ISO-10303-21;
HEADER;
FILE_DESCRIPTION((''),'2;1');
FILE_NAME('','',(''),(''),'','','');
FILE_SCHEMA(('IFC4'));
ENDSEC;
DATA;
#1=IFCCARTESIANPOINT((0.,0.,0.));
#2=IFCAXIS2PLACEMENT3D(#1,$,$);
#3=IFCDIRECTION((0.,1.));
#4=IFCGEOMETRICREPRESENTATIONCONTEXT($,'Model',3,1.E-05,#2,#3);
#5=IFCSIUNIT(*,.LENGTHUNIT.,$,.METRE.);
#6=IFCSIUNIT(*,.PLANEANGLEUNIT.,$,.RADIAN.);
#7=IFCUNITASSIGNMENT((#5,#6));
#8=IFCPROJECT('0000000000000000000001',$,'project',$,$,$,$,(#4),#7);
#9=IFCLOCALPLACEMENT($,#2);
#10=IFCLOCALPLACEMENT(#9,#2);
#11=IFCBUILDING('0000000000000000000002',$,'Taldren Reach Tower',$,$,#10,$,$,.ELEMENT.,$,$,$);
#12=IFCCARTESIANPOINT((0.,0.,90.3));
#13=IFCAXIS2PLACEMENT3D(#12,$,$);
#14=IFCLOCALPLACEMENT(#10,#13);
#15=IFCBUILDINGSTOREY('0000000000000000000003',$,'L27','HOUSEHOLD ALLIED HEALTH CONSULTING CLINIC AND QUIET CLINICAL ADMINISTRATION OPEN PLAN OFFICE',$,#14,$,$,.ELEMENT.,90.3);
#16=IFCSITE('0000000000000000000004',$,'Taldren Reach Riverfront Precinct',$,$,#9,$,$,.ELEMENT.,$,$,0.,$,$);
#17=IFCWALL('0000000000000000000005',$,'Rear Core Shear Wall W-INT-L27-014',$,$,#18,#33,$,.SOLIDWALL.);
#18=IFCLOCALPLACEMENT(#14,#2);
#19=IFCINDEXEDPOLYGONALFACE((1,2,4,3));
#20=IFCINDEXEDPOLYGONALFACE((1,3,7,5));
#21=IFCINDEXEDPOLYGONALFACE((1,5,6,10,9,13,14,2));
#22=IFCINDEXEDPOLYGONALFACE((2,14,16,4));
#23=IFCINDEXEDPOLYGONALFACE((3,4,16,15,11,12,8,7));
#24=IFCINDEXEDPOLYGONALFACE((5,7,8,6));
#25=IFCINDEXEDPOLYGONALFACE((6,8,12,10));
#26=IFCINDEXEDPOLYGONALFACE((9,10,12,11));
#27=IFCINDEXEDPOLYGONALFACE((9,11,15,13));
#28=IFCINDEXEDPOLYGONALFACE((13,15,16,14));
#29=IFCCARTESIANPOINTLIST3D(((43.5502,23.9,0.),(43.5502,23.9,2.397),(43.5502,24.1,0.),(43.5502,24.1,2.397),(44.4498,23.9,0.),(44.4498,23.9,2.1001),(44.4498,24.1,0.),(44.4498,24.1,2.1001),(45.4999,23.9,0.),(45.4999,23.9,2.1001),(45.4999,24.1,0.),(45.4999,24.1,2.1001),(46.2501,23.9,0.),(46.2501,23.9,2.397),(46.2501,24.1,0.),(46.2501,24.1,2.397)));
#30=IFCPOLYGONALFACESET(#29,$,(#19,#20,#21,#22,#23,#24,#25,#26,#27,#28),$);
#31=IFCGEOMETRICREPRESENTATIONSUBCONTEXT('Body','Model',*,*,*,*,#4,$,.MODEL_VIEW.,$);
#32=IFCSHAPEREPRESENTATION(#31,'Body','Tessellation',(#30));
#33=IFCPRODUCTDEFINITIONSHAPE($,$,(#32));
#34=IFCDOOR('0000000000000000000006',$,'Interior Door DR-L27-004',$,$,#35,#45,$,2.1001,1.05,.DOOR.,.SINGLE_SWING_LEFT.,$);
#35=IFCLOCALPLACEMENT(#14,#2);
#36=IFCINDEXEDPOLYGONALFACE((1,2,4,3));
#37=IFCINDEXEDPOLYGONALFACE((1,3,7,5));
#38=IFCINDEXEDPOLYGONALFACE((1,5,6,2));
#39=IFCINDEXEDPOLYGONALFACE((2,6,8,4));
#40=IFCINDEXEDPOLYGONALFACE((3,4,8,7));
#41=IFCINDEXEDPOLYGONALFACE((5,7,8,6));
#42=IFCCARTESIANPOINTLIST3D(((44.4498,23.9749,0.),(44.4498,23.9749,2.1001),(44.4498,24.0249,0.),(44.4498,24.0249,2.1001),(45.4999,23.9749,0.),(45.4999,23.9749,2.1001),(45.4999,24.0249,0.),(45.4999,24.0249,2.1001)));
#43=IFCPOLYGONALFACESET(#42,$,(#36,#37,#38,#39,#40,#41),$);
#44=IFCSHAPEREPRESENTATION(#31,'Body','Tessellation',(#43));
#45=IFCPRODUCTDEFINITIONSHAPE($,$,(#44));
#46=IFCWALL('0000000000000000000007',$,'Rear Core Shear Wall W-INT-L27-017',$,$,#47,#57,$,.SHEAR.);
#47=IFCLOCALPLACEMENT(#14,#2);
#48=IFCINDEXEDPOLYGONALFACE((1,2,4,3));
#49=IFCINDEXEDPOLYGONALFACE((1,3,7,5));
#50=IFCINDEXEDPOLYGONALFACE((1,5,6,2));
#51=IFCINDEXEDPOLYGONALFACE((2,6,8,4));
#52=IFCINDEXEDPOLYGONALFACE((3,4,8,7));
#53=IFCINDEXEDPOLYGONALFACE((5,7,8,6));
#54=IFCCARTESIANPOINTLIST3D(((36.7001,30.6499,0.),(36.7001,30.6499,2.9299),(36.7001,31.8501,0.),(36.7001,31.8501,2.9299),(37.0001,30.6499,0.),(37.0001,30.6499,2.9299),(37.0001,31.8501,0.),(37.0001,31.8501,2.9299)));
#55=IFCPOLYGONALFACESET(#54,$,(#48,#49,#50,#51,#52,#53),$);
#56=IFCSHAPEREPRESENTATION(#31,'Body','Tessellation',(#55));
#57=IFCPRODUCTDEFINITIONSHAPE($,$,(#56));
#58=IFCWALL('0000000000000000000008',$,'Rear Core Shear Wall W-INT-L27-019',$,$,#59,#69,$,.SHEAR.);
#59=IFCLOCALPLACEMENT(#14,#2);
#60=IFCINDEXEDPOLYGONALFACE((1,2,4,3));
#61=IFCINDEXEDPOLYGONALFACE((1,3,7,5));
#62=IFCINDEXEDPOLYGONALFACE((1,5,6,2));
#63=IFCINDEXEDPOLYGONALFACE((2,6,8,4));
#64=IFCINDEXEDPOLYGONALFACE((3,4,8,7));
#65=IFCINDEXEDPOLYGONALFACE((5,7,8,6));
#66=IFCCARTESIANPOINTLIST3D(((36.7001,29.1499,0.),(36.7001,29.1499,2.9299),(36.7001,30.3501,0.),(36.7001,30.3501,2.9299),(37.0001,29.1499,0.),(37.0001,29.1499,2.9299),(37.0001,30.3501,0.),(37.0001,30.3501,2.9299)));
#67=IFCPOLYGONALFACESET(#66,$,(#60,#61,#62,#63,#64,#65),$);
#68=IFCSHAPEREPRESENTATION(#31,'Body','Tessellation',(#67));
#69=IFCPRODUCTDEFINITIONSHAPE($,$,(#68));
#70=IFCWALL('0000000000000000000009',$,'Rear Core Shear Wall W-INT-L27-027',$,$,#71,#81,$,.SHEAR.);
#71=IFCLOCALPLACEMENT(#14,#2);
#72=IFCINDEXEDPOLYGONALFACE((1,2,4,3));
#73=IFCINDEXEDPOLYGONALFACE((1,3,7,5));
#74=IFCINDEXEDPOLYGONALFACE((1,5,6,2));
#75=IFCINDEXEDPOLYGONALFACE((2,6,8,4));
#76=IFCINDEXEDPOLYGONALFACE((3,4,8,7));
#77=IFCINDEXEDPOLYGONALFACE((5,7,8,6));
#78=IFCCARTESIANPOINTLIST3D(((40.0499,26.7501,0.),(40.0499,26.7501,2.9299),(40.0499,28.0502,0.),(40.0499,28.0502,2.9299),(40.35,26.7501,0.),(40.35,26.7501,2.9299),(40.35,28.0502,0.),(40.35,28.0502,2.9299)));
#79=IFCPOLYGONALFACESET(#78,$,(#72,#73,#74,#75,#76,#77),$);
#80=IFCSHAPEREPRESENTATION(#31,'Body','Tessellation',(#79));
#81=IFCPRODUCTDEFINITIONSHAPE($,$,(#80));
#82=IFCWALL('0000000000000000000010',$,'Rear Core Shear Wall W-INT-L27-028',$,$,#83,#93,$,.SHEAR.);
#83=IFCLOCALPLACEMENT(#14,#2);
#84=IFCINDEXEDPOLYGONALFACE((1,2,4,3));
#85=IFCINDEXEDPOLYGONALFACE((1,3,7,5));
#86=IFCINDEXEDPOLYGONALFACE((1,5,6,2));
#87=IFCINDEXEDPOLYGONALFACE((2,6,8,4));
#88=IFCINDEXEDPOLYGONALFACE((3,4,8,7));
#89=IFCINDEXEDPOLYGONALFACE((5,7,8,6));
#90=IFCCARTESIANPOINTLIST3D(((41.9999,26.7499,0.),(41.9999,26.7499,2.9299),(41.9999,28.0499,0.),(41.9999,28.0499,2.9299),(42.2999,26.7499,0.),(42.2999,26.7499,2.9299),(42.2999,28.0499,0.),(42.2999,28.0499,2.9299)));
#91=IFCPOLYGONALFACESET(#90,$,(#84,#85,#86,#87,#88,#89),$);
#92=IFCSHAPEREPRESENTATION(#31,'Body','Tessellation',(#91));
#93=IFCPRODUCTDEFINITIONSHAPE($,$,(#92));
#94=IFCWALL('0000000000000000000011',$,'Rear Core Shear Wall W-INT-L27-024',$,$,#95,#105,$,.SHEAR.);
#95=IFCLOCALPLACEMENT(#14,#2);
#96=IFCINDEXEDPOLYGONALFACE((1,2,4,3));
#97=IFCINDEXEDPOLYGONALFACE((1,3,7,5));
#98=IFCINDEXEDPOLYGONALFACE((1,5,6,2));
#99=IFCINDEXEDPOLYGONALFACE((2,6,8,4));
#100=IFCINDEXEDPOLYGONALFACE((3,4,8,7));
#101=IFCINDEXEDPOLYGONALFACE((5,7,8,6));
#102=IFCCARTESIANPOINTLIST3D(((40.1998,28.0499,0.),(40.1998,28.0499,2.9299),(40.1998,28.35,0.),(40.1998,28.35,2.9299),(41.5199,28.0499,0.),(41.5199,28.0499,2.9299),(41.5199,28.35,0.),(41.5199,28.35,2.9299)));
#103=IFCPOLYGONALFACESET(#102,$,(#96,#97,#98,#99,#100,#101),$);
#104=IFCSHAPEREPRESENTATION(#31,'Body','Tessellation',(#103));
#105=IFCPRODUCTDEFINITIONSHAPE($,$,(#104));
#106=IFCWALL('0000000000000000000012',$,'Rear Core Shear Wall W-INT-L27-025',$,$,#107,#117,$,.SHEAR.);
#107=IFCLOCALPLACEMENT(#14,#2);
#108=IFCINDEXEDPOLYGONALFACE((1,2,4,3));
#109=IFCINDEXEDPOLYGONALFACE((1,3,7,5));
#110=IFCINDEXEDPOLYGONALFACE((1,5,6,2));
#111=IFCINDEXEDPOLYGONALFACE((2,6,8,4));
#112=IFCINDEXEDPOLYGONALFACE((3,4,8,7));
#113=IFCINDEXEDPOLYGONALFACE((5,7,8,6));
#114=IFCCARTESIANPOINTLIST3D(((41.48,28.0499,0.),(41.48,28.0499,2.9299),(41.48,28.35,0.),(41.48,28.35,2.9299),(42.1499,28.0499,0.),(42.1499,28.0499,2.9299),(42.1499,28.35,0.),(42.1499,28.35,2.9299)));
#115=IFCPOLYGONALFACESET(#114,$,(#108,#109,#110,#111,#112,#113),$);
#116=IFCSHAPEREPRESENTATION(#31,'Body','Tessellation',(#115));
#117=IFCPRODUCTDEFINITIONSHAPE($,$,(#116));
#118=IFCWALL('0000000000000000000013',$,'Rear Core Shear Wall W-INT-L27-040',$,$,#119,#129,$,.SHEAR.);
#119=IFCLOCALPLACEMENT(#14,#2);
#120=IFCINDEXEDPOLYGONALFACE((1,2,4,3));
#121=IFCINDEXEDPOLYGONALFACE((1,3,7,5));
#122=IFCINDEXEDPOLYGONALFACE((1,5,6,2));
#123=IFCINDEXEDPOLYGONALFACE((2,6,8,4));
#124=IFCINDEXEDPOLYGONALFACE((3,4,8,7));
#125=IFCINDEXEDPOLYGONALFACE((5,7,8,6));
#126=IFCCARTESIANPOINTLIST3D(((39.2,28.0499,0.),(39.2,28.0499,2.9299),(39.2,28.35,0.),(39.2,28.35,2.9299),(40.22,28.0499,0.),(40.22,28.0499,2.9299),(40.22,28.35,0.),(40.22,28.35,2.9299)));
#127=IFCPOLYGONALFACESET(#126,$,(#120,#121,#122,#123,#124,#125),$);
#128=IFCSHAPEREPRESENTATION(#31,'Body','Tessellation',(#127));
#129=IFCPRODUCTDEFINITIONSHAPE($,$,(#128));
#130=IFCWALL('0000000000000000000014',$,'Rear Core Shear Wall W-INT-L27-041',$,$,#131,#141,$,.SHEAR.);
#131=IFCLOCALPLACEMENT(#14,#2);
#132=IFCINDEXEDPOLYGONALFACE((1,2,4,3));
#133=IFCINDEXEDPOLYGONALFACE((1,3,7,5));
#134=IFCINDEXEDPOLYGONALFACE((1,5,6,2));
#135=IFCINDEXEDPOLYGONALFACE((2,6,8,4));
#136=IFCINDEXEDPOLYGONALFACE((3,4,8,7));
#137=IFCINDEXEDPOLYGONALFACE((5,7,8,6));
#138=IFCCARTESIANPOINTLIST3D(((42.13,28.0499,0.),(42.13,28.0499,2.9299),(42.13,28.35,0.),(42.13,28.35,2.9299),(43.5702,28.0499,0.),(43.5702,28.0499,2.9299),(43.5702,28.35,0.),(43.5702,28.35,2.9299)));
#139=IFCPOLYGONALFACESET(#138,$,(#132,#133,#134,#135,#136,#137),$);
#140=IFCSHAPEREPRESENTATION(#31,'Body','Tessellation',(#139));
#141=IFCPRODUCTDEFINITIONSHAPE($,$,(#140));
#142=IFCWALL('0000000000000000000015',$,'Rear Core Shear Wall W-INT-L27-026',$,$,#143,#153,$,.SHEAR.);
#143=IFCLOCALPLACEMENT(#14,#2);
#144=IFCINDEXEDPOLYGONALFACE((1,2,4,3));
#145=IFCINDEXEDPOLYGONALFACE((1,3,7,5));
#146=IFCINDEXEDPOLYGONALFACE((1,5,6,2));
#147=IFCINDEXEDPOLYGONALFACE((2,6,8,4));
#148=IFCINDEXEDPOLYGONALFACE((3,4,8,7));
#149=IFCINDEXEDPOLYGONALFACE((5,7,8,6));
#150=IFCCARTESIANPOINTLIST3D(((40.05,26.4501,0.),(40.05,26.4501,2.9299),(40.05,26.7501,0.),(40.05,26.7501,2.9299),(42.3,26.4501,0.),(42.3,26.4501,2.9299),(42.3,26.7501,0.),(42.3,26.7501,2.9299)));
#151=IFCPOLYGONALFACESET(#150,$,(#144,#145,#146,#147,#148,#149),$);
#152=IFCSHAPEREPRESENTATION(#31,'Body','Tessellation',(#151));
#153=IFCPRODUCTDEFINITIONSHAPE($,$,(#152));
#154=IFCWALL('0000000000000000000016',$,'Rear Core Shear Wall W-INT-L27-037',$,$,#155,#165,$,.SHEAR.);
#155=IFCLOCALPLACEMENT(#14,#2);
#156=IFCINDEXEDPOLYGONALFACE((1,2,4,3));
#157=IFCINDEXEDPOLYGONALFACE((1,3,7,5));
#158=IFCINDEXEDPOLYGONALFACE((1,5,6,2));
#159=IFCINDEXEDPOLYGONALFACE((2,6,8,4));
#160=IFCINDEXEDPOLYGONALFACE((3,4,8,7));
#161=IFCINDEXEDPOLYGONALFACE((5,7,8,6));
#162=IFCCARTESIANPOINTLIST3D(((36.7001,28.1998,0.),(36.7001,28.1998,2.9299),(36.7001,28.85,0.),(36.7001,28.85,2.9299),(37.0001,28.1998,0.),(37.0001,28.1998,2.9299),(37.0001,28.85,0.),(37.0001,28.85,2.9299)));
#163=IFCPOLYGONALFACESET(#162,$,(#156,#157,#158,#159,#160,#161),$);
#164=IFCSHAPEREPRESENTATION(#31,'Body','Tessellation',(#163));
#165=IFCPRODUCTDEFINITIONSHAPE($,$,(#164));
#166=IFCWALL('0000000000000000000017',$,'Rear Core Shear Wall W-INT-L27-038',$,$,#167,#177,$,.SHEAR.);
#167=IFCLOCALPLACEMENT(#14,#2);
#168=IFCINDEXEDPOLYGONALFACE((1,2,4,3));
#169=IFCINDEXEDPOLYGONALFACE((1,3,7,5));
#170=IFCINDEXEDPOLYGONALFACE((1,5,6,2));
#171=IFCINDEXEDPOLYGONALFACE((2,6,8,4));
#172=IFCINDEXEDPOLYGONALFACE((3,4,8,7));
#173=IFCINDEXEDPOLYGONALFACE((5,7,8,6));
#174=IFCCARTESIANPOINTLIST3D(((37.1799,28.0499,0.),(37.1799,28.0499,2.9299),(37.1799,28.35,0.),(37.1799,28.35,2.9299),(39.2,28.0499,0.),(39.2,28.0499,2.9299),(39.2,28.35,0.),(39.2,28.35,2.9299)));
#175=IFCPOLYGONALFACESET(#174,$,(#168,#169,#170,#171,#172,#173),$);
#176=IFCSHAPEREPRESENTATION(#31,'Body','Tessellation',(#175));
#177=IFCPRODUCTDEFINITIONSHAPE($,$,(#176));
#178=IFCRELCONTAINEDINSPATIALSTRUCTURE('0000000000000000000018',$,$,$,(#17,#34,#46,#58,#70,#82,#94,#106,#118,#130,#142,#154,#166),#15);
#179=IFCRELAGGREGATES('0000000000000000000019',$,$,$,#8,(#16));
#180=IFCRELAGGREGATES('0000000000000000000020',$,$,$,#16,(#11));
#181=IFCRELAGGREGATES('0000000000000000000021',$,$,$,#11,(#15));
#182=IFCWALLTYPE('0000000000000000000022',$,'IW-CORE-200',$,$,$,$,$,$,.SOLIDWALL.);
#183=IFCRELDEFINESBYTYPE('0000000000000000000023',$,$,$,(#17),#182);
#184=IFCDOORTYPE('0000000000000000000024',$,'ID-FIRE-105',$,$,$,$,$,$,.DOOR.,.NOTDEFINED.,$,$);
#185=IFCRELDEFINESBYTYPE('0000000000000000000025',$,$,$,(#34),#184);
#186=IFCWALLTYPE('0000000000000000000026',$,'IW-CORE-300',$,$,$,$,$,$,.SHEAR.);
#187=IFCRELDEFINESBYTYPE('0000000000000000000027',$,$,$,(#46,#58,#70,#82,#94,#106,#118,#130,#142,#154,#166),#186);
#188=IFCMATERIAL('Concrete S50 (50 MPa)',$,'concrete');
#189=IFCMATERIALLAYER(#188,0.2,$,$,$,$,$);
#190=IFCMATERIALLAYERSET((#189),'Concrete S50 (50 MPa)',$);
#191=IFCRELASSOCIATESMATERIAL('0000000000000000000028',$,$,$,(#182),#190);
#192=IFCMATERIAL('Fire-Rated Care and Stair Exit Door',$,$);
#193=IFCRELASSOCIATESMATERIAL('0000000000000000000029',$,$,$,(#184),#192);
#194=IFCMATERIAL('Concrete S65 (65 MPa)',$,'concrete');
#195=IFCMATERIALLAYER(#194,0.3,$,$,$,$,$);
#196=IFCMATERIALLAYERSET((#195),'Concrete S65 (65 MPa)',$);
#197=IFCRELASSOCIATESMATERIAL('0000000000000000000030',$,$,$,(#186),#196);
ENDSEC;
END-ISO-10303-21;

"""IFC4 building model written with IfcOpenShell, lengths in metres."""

from ifc_helpers import new_model, si_unit, direction, frame, frame_2d, origin, place, context, subcontext, project, spatial, rectangle, extrude, source, transform, mapped, material, layer, layer_set, type_object, element, fill, save


model = new_model("IFC4")

# Units and contexts
model_context = context("Model", 3, precision=1e-05, world=origin(), true_north=direction((0.0, 1.0)))
body_context = subcontext(model_context, "Body", "Model", "MODEL_VIEW")
ifc_project = project(units=[si_unit("LENGTHUNIT", "METRE"), si_unit("PLANEANGLEUNIT", "RADIAN")], contexts=[model_context])

# Site, building, storey
site_placement = place(None, origin())
site = spatial("IfcSite", under=ifc_project, at=site_placement, Name="Taldren Reach Riverfront Precinct", CompositionType="ELEMENT", RefElevation=0.0)
building_placement = place(site_placement, origin())
building = spatial("IfcBuilding", under=site, at=building_placement, Name="Taldren Reach Tower", CompositionType="ELEMENT")
storey_placement = place(building_placement, frame((0.0, 0.0, 90.3)))
storey = spatial("IfcBuildingStorey", under=building, at=storey_placement, Name="L27", Description="HOUSEHOLD ALLIED HEALTH CONSULTING CLINIC AND QUIET CLINICAL ADMINISTRATION OPEN PLAN OFFICE", CompositionType="ELEMENT", Elevation=90.3)

# Shared definitions
ifc_material_1 = material(Name="Concrete S50 (50 MPa)", Category="concrete")
ifc_layer_1 = layer(ifc_material_1, 0.2)
ifc_layer_set_1 = layer_set([ifc_layer_1], Name="Concrete S50 (50 MPa)")
wall_type_1 = type_object("IfcWallType", Name="IW-CORE-200", PredefinedType="SOLIDWALL", material=ifc_layer_set_1)
shared_shape_1 = source(origin(), body_context, "Body", "SweptSolid", [
    extrude(rectangle(XDim=1.05, YDim=2.1001, at=frame_2d((0.5249, 1.05))), frame((0.0, 0.1099, 0.0), z_axis=(0.0, -1.0, 0.0), x_axis=(1.0, 0.0, 0.0)), (0.0, 0.0, 1.0), 0.22),
])
ifc_material_2 = material(Name="Fire-Rated Care and Stair Exit Door")
door_type_1 = type_object("IfcDoorType", Name="ID-FIRE-105", OperationType="NOTDEFINED", PredefinedType="DOOR", material=ifc_material_2)
shared_shape_2 = source(origin(), body_context, "Body", "SweptSolid", [
    extrude(rectangle(XDim=1.05, YDim=2.1001, at=frame_2d((0.5249, 1.05))), frame((0.0, 0.0249, 0.0), z_axis=(0.0, -1.0, 0.0), x_axis=(1.0, 0.0, 0.0)), (0.0, 0.0, 1.0), 0.05),
])

# Shared definitions
ifc_material_3 = material(Name="Concrete S65 (65 MPa)", Category="concrete")
ifc_layer_2 = layer(ifc_material_3, 0.3)
ifc_layer_set_2 = layer_set([ifc_layer_2], Name="Concrete S65 (65 MPa)")
wall_type_2 = type_object("IfcWallType", Name="IW-CORE-300", PredefinedType="SHEAR", material=ifc_layer_set_2)

# Wall, opening, door
shared_shape_3 = source(origin(), body_context, "Body", "SweptSolid", [
    extrude(rectangle(XDim=2.7, YDim=0.2, at=frame_2d((1.3501, 0.0))), origin(), (0.0, 0.0, 1.0), 2.397),
])
wall_1_placement = place(storey_placement, frame((43.55, 24.0, 0.0), z_axis=(0.0, 0.0, 1.0), x_axis=(1.0, 0.0, 0.0)))
wall_1 = element("IfcWall", 1, at=wall_1_placement, inside=storey, type_object=wall_type_1, Name="Rear Core Shear Wall W-INT-L27-014", PredefinedType="SOLIDWALL", context=body_context, shape_type="MappedRepresentation", body=[
    mapped(shared_shape_3, transform((0.0, 0.0, 0.0), scale=1.0)),
])
opening_1_placement = place(wall_1_placement, frame((0.8999, 0.0, 0.0)))
opening_1 = element("IfcOpeningElement", 2, at=opening_1_placement, cuts=wall_1, PredefinedType="OPENING", context=body_context, shape_type="MappedRepresentation", body=[
    mapped(shared_shape_1, transform((0.0, 0.0, 0.0), scale=1.0)),
])
door_1_placement = place(opening_1_placement, origin())
door_1 = element("IfcDoor", 3, at=door_1_placement, inside=storey, type_object=door_type_1, Name="Interior Door DR-L27-004", OperationType="SINGLE_SWING_LEFT", OverallHeight=2.1001, OverallWidth=1.05, PredefinedType="DOOR", context=body_context, shape_type="MappedRepresentation", body=[
    mapped(shared_shape_2, transform((0.0, 0.0, 0.0), scale=1.0)),
])
fill(opening_1, door_1)

# Walls
shared_shape_4 = source(origin(), body_context, "Body", "SweptSolid", [
    extrude(rectangle(XDim=1.2002, YDim=0.3, at=frame_2d((0.6001, 0.0))), origin(), (0.0, 0.0, 1.0), 2.9299),
])
for number, where, z_axis, x_axis, name in (
    (4, (36.8501, 30.6499, 0.0), (0.0, 0.0, 1.0), (0.0, 1.0, 0.0), "Rear Core Shear Wall W-INT-L27-017"),
    (5, (36.8501, 29.1499, 0.0), (0.0, 0.0, 1.0), (0.0, 1.0, 0.0), "Rear Core Shear Wall W-INT-L27-019"),
):
    element("IfcWall", number, at=place(storey_placement, frame(where, z_axis=z_axis, x_axis=x_axis)), inside=storey, type_object=wall_type_2, Name=name, PredefinedType="SHEAR", context=body_context, shape_type="MappedRepresentation", body=[
        mapped(shared_shape_4, transform((0.0, 0.0, 0.0), scale=1.0)),
    ])
shared_shape_5 = source(origin(), body_context, "Body", "SweptSolid", [
    extrude(rectangle(XDim=1.3, YDim=0.3, at=frame_2d((0.6499, 0.0))), origin(), (0.0, 0.0, 1.0), 2.9299),
])
for number, where, z_axis, x_axis, name in (
    (6, (40.2, 28.05, 0.0), (0.0, 0.0, 1.0), (0.0, -1.0, 0.0), "Rear Core Shear Wall W-INT-L27-027"),
    (7, (42.1499, 26.75, 0.0), (0.0, 0.0, 1.0), (0.0, 1.0, 0.0), "Rear Core Shear Wall W-INT-L27-028"),
):
    element("IfcWall", number, at=place(storey_placement, frame(where, z_axis=z_axis, x_axis=x_axis)), inside=storey, type_object=wall_type_2, Name=name, PredefinedType="SHEAR", context=body_context, shape_type="MappedRepresentation", body=[
        mapped(shared_shape_5, transform((0.0, 0.0, 0.0), scale=1.0)),
    ])
shared_shape_6 = source(origin(), body_context, "Body", "SweptSolid", [
    extrude(rectangle(XDim=1.3201, YDim=0.3, at=frame_2d((0.6602, 0.0))), origin(), (0.0, 0.0, 1.0), 2.9299),
])
wall_2_placement = place(storey_placement, frame((41.52, 28.2, 0.0), z_axis=(0.0, 0.0, 1.0), x_axis=(-1.0, 0.0, 0.0)))
element("IfcWall", 8, at=wall_2_placement, inside=storey, type_object=wall_type_2, Name="Rear Core Shear Wall W-INT-L27-024", PredefinedType="SHEAR", context=body_context, shape_type="MappedRepresentation", body=[
    mapped(shared_shape_6, transform((0.0, 0.0, 0.0), scale=1.0)),
])
shared_shape_7 = source(origin(), body_context, "Body", "SweptSolid", [
    extrude(rectangle(XDim=0.6699, YDim=0.3, at=frame_2d((0.335, 0.0))), origin(), (0.0, 0.0, 1.0), 2.9299),
])
wall_3_placement = place(storey_placement, frame((42.1499, 28.2, 0.0), z_axis=(0.0, 0.0, 1.0), x_axis=(-1.0, 0.0, 0.0)))
element("IfcWall", 9, at=wall_3_placement, inside=storey, type_object=wall_type_2, Name="Rear Core Shear Wall W-INT-L27-025", PredefinedType="SHEAR", context=body_context, shape_type="MappedRepresentation", body=[
    mapped(shared_shape_7, transform((0.0, 0.0, 0.0), scale=1.0)),
])
shared_shape_8 = source(origin(), body_context, "Body", "SweptSolid", [
    extrude(rectangle(XDim=1.02, YDim=0.3, at=frame_2d((0.51, 0.0))), origin(), (0.0, 0.0, 1.0), 2.9299),
])
wall_4_placement = place(storey_placement, frame((39.2, 28.2, 0.0), z_axis=(0.0, 0.0, 1.0), x_axis=(1.0, 0.0, 0.0)))
element("IfcWall", 10, at=wall_4_placement, inside=storey, type_object=wall_type_2, Name="Rear Core Shear Wall W-INT-L27-040", PredefinedType="SHEAR", context=body_context, shape_type="MappedRepresentation", body=[
    mapped(shared_shape_8, transform((0.0, 0.0, 0.0), scale=1.0)),
])
shared_shape_9 = source(origin(), body_context, "Body", "SweptSolid", [
    extrude(rectangle(XDim=1.4402, YDim=0.3, at=frame_2d((0.7202, 0.0))), origin(), (0.0, 0.0, 1.0), 2.9299),
])
wall_5_placement = place(storey_placement, frame((42.1299, 28.2, 0.0), z_axis=(0.0, 0.0, 1.0), x_axis=(1.0, 0.0, 0.0)))
element("IfcWall", 11, at=wall_5_placement, inside=storey, type_object=wall_type_2, Name="Rear Core Shear Wall W-INT-L27-041", PredefinedType="SHEAR", context=body_context, shape_type="MappedRepresentation", body=[
    mapped(shared_shape_9, transform((0.0, 0.0, 0.0), scale=1.0)),
])
shared_shape_10 = source(origin(), body_context, "Body", "SweptSolid", [
    extrude(rectangle(XDim=2.25, YDim=0.3, at=frame_2d((1.125, 0.0))), origin(), (0.0, 0.0, 1.0), 2.9299),
])
wall_6_placement = place(storey_placement, frame((40.05, 26.6001, 0.0), z_axis=(0.0, 0.0, 1.0), x_axis=(1.0, 0.0, 0.0)))
element("IfcWall", 12, at=wall_6_placement, inside=storey, type_object=wall_type_2, Name="Rear Core Shear Wall W-INT-L27-026", PredefinedType="SHEAR", context=body_context, shape_type="MappedRepresentation", body=[
    mapped(shared_shape_10, transform((0.0, 0.0, 0.0), scale=1.0)),
])
shared_shape_11 = source(origin(), body_context, "Body", "SweptSolid", [
    extrude(rectangle(XDim=0.6501, YDim=0.3, at=frame_2d((0.3252, 0.0))), origin(), (0.0, 0.0, 1.0), 2.9299),
])
wall_7_placement = place(storey_placement, frame((36.8501, 28.8501, 0.0), z_axis=(0.0, 0.0, 1.0), x_axis=(0.0, -1.0, 0.0)))
element("IfcWall", 13, at=wall_7_placement, inside=storey, type_object=wall_type_2, Name="Rear Core Shear Wall W-INT-L27-037", PredefinedType="SHEAR", context=body_context, shape_type="MappedRepresentation", body=[
    mapped(shared_shape_11, transform((0.0, 0.0, 0.0), scale=1.0)),
])
shared_shape_12 = source(origin(), body_context, "Body", "SweptSolid", [
    extrude(rectangle(XDim=2.02, YDim=0.3, at=frame_2d((1.01, 0.0))), origin(), (0.0, 0.0, 1.0), 2.9299),
])
wall_8_placement = place(storey_placement, frame((37.1799, 28.2, 0.0), z_axis=(0.0, 0.0, 1.0), x_axis=(1.0, 0.0, 0.0)))
element("IfcWall", 14, at=wall_8_placement, inside=storey, type_object=wall_type_2, Name="Rear Core Shear Wall W-INT-L27-038", PredefinedType="SHEAR", context=body_context, shape_type="MappedRepresentation", body=[
    mapped(shared_shape_12, transform((0.0, 0.0, 0.0), scale=1.0)),
])

save(model, "model.ifc")
